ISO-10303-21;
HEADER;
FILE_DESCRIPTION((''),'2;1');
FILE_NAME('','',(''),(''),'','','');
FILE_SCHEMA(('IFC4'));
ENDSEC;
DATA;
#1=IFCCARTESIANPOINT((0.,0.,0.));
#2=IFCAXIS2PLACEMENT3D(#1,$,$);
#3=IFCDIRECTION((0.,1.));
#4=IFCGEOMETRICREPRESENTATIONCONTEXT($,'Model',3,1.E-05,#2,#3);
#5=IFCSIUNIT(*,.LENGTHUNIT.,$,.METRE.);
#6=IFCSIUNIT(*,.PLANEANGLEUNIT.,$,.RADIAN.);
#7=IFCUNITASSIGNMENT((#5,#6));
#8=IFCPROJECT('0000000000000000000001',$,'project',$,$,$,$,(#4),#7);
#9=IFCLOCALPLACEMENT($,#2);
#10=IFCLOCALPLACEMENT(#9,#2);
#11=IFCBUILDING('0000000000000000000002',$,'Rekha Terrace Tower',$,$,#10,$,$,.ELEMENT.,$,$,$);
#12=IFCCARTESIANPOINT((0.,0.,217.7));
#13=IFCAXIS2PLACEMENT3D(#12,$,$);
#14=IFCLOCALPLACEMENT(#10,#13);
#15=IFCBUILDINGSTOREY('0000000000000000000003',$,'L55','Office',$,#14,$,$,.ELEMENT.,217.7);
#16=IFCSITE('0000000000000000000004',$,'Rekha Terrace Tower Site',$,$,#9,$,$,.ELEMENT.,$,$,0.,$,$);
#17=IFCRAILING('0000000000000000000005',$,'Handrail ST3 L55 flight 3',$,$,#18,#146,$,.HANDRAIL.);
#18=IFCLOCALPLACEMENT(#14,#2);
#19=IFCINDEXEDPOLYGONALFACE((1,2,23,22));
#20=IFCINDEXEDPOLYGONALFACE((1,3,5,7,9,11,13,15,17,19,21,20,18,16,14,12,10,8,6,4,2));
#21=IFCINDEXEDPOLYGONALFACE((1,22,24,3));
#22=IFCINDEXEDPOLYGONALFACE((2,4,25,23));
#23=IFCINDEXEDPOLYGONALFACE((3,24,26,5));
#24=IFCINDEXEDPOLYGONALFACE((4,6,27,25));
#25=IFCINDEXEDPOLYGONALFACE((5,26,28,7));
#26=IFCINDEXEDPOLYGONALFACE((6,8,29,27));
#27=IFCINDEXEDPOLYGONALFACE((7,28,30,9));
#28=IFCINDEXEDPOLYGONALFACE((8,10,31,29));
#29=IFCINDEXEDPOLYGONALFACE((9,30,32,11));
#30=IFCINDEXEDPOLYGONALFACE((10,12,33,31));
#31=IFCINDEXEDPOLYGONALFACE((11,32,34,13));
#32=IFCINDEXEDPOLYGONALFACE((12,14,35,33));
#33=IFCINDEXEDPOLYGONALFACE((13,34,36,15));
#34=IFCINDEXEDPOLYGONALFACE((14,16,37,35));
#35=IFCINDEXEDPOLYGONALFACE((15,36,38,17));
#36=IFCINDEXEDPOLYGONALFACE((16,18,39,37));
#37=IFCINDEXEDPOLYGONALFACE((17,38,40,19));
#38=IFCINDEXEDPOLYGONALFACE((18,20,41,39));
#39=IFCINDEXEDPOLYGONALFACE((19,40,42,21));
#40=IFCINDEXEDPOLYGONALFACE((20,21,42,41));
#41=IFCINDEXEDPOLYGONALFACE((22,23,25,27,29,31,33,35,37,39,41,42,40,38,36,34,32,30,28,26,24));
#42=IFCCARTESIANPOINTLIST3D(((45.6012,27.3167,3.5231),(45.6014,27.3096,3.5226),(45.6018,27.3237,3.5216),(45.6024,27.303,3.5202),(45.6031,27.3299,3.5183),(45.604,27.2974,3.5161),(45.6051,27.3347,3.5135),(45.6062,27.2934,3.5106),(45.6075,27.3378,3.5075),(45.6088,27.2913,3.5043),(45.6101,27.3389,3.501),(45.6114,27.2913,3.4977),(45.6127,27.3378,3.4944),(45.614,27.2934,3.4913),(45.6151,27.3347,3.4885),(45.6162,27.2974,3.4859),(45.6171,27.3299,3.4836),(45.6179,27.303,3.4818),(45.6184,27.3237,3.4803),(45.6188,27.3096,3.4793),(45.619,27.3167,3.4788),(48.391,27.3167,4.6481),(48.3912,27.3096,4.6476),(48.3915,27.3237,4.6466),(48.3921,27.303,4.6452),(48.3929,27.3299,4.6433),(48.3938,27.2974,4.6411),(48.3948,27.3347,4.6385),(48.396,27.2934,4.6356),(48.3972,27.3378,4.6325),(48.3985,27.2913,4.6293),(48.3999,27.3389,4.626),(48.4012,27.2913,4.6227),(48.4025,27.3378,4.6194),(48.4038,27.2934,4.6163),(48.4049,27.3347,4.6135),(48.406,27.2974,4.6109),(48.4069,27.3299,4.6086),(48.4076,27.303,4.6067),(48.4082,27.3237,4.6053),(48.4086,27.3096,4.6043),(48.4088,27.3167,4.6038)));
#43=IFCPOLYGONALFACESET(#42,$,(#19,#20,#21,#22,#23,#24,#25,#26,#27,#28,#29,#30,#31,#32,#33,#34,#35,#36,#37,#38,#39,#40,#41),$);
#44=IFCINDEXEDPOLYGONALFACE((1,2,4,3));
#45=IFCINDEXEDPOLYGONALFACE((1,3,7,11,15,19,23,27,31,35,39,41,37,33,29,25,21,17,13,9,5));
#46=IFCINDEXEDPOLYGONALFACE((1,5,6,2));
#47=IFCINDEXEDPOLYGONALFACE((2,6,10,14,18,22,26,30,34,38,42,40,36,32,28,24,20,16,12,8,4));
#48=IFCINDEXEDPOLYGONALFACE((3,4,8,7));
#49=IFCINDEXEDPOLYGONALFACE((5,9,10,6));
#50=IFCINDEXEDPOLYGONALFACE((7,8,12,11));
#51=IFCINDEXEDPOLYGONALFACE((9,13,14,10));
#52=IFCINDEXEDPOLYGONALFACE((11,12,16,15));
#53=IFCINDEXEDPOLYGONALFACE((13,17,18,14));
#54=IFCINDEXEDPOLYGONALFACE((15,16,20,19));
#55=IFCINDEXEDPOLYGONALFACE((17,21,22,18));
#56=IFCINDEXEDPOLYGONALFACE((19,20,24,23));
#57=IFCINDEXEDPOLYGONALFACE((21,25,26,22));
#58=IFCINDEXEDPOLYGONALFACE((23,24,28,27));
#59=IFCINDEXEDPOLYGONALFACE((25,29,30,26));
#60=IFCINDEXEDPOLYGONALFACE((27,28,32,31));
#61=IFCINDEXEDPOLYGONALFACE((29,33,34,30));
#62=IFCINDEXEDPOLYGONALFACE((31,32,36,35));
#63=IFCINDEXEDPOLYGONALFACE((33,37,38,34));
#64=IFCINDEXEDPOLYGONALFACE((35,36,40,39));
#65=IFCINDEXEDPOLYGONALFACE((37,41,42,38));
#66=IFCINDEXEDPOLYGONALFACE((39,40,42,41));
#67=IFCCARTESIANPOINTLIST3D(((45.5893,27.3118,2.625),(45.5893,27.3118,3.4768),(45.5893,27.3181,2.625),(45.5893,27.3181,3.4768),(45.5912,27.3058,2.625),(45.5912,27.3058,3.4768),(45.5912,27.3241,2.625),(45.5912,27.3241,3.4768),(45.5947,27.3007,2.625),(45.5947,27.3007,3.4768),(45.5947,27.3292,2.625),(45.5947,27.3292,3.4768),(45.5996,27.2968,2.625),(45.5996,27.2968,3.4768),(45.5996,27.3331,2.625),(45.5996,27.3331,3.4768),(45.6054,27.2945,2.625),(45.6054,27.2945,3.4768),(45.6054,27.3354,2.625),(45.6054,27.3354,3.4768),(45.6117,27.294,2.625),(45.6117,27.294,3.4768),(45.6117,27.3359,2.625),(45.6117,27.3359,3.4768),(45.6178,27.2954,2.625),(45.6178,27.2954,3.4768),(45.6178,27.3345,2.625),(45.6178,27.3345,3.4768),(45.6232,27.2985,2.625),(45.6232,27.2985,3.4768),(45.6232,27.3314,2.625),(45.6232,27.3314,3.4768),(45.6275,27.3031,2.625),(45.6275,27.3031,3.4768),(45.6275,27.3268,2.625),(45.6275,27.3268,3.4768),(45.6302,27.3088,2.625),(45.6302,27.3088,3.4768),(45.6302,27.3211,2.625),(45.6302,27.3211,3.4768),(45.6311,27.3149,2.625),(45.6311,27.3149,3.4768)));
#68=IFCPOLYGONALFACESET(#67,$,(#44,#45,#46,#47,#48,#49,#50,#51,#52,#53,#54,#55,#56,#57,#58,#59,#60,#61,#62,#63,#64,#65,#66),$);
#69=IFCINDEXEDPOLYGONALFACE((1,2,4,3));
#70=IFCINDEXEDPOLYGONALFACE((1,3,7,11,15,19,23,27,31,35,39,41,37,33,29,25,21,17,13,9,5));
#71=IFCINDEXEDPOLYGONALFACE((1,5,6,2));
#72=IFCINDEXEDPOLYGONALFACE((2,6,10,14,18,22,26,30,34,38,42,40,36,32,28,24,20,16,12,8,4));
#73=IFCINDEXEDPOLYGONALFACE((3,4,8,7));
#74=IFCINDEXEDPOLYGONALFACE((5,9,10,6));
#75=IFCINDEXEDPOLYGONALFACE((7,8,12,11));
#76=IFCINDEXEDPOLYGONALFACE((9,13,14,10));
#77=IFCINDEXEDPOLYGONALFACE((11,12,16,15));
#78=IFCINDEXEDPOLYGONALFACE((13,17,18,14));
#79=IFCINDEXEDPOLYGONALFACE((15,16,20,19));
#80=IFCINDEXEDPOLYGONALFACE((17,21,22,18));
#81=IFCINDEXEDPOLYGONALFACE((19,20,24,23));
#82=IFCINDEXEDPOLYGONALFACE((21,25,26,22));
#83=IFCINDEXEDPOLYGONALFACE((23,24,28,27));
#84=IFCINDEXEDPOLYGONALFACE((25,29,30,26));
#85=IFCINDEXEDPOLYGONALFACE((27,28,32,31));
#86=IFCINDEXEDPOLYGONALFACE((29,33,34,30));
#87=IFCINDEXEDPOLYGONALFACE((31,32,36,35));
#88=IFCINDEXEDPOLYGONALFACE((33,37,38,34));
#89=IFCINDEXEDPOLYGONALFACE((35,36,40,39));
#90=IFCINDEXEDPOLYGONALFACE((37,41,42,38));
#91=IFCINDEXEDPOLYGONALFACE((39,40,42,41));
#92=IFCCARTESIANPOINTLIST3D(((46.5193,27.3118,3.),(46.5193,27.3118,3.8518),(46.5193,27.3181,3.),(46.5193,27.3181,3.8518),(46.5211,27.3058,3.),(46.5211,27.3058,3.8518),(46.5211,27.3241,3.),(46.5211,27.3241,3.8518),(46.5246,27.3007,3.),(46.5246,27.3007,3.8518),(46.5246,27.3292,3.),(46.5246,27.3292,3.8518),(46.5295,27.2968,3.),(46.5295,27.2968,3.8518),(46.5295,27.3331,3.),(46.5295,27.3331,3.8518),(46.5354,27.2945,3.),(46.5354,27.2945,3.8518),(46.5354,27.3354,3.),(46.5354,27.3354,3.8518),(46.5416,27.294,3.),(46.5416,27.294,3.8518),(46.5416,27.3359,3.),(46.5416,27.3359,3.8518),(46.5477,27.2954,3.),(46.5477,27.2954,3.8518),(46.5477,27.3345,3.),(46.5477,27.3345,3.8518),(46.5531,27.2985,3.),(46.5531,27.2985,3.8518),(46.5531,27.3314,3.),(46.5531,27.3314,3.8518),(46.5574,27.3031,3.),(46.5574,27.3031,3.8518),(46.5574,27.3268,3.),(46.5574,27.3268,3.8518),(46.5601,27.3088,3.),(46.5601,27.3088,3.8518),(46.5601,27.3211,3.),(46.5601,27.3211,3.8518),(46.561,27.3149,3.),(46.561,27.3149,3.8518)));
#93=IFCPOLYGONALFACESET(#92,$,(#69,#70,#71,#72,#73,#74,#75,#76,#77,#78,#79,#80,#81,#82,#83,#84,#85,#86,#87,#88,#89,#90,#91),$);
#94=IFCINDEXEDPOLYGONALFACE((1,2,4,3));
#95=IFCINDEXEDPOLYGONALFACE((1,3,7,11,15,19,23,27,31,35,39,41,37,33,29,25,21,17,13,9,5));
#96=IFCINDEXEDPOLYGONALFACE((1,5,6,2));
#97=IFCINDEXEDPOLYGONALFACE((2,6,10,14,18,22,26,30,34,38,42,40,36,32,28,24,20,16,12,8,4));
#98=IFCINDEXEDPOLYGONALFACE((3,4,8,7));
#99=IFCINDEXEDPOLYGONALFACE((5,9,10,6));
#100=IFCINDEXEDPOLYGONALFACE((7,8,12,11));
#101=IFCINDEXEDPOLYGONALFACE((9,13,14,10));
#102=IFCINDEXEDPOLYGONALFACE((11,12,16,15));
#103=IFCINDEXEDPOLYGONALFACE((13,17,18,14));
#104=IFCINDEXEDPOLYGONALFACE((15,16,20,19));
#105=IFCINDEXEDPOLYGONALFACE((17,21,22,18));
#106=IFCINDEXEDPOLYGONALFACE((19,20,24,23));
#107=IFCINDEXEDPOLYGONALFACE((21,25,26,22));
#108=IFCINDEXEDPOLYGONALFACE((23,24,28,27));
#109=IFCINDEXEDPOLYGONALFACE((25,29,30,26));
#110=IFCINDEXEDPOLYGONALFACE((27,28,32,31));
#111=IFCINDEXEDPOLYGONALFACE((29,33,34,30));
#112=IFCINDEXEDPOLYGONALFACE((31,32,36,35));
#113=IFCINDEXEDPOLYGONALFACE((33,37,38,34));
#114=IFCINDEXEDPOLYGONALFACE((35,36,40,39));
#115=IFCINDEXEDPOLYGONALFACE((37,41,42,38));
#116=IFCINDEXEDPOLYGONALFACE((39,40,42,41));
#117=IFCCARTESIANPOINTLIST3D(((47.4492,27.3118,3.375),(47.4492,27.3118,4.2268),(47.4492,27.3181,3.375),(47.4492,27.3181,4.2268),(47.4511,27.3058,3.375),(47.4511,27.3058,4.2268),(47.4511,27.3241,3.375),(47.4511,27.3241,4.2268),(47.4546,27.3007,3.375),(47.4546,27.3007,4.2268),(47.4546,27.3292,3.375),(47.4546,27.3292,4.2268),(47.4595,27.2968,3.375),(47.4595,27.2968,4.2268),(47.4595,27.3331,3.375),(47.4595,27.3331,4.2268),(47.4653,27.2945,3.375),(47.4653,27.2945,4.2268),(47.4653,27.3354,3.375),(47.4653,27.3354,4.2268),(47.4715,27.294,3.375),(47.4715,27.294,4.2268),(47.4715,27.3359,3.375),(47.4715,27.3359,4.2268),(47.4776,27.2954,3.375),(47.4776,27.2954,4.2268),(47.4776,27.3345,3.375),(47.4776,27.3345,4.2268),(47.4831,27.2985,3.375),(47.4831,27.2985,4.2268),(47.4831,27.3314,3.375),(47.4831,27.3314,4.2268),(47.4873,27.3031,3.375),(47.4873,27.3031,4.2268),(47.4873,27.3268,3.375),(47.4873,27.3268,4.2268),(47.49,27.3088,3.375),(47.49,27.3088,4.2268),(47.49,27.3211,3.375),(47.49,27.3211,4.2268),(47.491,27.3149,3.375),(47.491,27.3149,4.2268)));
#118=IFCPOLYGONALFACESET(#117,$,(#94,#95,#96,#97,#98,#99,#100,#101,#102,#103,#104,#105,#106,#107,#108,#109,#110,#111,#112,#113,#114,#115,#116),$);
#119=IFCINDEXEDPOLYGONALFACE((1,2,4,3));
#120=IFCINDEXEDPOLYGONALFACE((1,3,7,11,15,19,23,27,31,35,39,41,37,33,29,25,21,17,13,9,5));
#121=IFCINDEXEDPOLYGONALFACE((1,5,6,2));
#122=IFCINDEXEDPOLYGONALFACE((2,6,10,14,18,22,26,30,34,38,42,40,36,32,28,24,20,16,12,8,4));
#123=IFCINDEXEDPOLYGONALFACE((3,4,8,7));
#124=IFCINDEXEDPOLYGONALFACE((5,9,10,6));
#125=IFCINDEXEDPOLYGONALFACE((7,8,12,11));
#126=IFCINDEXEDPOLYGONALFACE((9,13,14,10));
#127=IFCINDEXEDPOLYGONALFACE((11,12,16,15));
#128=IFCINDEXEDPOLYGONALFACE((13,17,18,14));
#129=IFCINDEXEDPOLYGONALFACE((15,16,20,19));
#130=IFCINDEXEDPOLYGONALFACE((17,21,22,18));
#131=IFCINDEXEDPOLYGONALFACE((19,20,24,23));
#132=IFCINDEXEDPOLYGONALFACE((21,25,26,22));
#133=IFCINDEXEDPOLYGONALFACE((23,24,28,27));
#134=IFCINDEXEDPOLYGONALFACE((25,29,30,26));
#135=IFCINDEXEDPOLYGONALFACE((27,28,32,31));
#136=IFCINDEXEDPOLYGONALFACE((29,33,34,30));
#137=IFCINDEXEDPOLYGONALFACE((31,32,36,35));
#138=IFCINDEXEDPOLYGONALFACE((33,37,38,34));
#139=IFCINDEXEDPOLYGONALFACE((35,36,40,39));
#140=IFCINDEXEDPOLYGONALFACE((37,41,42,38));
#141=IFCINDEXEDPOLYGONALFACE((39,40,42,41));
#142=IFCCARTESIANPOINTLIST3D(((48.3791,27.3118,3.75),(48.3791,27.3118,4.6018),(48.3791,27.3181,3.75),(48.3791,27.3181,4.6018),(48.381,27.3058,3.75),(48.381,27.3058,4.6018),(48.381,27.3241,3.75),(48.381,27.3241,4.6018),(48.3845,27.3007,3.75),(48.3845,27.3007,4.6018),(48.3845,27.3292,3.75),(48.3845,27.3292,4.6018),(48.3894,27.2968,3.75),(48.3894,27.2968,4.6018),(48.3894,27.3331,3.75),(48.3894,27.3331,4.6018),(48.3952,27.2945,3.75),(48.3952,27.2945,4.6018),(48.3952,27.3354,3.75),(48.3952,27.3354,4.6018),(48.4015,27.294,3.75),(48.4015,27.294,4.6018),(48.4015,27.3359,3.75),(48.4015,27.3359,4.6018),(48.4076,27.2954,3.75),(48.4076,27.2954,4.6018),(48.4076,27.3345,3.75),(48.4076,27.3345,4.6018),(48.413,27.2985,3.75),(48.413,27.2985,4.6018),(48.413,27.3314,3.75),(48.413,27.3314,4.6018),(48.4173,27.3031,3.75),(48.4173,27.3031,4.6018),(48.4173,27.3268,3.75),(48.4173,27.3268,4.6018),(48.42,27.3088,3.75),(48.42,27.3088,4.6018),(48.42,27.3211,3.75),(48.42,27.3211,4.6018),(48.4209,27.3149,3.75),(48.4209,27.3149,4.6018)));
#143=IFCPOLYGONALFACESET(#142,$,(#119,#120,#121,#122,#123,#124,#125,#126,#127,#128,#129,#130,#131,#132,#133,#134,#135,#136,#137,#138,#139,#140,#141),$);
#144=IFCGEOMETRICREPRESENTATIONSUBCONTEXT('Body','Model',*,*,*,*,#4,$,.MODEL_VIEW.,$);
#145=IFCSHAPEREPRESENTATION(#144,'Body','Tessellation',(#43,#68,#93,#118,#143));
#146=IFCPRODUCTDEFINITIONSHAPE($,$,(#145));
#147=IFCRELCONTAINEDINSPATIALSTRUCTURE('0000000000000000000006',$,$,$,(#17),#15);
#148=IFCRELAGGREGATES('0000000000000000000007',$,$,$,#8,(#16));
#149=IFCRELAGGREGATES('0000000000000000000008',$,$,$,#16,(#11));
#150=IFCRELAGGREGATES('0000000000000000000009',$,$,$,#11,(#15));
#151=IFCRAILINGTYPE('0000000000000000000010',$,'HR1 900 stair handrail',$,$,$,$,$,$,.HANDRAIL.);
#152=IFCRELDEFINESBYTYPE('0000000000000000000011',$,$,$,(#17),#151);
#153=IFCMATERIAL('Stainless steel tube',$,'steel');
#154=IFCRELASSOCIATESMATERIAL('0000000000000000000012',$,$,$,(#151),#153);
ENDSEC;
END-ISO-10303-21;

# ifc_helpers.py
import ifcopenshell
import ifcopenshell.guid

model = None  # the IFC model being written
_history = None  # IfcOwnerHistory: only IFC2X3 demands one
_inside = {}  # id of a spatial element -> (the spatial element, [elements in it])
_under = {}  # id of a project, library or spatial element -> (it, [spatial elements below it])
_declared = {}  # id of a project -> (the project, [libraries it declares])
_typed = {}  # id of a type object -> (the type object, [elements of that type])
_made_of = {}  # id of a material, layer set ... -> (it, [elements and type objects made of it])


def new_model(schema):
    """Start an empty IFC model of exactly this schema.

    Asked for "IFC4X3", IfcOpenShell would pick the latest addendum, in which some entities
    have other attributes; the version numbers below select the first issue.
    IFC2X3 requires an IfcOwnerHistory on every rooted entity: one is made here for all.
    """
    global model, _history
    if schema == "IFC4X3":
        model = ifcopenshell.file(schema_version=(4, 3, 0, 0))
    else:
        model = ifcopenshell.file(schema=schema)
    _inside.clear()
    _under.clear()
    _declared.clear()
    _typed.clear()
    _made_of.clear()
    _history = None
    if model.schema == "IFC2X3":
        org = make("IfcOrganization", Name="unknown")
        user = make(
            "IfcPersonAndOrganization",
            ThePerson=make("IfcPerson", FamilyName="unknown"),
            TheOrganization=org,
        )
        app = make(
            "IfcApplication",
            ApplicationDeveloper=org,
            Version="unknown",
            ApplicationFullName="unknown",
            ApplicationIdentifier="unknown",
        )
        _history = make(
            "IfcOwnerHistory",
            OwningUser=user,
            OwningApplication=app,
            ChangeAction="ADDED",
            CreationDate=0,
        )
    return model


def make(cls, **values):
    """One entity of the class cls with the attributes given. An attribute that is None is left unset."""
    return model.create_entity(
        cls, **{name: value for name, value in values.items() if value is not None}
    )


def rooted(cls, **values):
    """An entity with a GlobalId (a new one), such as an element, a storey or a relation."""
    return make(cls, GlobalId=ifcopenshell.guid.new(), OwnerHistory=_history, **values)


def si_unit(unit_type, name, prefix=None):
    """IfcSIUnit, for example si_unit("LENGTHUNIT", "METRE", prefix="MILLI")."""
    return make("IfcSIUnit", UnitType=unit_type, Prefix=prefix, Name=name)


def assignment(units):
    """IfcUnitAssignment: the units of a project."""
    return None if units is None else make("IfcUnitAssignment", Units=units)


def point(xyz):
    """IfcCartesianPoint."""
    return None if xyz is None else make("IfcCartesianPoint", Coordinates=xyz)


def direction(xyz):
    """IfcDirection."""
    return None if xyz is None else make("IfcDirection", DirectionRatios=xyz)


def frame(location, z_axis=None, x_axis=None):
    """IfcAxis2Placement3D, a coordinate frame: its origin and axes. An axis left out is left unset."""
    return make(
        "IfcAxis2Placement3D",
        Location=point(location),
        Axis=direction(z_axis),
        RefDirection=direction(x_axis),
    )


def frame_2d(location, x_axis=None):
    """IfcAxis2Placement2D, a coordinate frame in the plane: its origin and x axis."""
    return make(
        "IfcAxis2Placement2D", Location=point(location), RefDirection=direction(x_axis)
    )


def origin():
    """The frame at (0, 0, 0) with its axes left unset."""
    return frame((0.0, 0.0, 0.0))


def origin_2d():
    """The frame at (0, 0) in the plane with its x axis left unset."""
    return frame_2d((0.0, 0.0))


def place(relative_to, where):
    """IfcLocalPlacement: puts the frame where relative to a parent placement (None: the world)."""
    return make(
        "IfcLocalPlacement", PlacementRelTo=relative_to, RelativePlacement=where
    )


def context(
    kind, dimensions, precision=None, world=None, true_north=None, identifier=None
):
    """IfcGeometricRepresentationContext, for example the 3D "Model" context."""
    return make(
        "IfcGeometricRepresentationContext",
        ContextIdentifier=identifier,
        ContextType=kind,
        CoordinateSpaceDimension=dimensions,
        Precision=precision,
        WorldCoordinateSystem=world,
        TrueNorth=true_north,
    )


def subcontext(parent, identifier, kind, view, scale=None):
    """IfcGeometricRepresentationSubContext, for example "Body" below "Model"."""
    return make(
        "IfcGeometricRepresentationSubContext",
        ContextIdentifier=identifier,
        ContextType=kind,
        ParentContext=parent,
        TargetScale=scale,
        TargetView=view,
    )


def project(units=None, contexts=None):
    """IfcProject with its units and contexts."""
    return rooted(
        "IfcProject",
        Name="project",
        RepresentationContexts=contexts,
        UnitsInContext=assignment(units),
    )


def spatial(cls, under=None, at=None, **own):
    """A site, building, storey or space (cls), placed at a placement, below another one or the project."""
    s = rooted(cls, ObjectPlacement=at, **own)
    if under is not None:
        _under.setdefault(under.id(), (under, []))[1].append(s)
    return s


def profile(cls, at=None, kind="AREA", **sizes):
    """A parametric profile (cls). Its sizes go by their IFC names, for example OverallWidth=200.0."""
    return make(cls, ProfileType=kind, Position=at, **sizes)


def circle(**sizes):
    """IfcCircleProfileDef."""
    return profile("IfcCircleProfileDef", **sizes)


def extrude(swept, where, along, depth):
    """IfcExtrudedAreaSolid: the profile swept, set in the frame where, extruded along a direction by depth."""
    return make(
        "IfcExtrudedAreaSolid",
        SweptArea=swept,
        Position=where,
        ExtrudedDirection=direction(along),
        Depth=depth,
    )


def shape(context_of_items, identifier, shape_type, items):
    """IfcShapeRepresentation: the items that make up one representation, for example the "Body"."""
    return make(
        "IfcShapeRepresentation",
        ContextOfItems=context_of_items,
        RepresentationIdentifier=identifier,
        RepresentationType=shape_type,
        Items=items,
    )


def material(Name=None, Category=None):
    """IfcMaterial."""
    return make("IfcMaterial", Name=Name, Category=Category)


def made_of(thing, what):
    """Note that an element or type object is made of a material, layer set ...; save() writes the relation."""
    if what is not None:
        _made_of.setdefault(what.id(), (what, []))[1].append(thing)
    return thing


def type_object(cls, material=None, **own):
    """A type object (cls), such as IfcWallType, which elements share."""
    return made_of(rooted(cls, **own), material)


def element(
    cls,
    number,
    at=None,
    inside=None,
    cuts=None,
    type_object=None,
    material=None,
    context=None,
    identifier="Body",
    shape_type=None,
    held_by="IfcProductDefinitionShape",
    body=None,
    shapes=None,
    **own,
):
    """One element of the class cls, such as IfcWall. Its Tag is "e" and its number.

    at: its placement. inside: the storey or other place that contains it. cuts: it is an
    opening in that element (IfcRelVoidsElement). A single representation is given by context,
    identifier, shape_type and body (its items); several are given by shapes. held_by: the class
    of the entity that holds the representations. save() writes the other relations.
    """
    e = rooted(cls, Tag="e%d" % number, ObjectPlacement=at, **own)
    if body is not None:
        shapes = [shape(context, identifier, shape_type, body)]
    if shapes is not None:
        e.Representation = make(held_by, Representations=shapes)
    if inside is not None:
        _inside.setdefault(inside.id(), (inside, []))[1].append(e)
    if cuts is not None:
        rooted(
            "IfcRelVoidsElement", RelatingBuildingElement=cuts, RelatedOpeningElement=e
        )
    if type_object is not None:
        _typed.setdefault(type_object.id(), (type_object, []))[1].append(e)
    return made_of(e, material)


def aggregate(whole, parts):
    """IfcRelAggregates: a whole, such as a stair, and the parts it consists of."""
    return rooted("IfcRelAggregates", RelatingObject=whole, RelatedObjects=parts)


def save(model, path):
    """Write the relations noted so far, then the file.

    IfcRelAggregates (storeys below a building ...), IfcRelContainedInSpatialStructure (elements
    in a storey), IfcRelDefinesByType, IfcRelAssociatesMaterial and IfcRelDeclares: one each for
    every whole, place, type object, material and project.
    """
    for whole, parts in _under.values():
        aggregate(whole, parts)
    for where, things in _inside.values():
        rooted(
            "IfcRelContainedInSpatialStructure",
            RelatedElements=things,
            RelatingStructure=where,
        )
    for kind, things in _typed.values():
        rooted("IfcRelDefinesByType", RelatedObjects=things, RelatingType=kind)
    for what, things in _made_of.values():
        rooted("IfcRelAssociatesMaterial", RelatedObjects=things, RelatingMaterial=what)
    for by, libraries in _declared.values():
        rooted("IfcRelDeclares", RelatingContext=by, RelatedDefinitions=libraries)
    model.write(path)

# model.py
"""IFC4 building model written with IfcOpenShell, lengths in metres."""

from ifc_helpers import new_model, si_unit, direction, frame, origin, origin_2d, place, context, subcontext, project, spatial, circle, extrude, material, type_object, element, save


model = new_model("IFC4")

# Units and contexts
model_context = context("Model", 3, precision=1e-05, world=origin(), true_north=direction((0.0, 1.0)))
body_context = subcontext(model_context, "Body", "Model", "MODEL_VIEW")
ifc_project = project(units=[si_unit("LENGTHUNIT", "METRE"), si_unit("PLANEANGLEUNIT", "RADIAN")], contexts=[model_context])

# Site, building, storey
site_placement = place(None, origin())
site = spatial("IfcSite", under=ifc_project, at=site_placement, Name="Rekha Terrace Tower Site", CompositionType="ELEMENT", RefElevation=0.0)
building_placement = place(site_placement, origin())
building = spatial("IfcBuilding", under=site, at=building_placement, Name="Rekha Terrace Tower", CompositionType="ELEMENT")
storey_placement = place(building_placement, frame((0.0, 0.0, 217.7)))
storey = spatial("IfcBuildingStorey", under=building, at=storey_placement, Name="L55", Description="Office", CompositionType="ELEMENT", Elevation=217.7)

# Railing
ifc_material_1 = material(Name="Stainless steel tube", Category="steel")
railing_type_1 = type_object("IfcRailingType", Name="HR1 900 stair handrail", PredefinedType="HANDRAIL", material=ifc_material_1)
railing_1_placement = place(storey_placement, frame((45.6101, 27.3149, 2.625)))
element("IfcRailing", 1, at=railing_1_placement, inside=storey, type_object=railing_type_1, Name="Handrail ST3 L55 flight 3", PredefinedType="HANDRAIL", context=body_context, shape_type="SweptSolid", body=[
    extrude(circle(Radius=0.0239, at=origin_2d()), frame((0.0, 0.0, 0.876), z_axis=(0.927432, 0.0, 0.373992), x_axis=(0.0, 1.0, 0.0)), (0.0, 0.0, 1.0), 3.0081),
    extrude(circle(Radius=0.021, at=origin_2d()), origin(), (0.0, 0.0, 1.0), 0.8518),
    extrude(circle(Radius=0.021, at=origin_2d()), frame((0.9299, 0.0, 0.375)), (0.0, 0.0, 1.0), 0.8518),
    extrude(circle(Radius=0.021, at=origin_2d()), frame((1.8599, 0.0, 0.75)), (0.0, 0.0, 1.0), 0.8518),
    extrude(circle(Radius=0.021, at=origin_2d()), frame((2.7898, 0.0, 1.125)), (0.0, 0.0, 1.0), 0.8518),
])

save(model, "model.ifc")
